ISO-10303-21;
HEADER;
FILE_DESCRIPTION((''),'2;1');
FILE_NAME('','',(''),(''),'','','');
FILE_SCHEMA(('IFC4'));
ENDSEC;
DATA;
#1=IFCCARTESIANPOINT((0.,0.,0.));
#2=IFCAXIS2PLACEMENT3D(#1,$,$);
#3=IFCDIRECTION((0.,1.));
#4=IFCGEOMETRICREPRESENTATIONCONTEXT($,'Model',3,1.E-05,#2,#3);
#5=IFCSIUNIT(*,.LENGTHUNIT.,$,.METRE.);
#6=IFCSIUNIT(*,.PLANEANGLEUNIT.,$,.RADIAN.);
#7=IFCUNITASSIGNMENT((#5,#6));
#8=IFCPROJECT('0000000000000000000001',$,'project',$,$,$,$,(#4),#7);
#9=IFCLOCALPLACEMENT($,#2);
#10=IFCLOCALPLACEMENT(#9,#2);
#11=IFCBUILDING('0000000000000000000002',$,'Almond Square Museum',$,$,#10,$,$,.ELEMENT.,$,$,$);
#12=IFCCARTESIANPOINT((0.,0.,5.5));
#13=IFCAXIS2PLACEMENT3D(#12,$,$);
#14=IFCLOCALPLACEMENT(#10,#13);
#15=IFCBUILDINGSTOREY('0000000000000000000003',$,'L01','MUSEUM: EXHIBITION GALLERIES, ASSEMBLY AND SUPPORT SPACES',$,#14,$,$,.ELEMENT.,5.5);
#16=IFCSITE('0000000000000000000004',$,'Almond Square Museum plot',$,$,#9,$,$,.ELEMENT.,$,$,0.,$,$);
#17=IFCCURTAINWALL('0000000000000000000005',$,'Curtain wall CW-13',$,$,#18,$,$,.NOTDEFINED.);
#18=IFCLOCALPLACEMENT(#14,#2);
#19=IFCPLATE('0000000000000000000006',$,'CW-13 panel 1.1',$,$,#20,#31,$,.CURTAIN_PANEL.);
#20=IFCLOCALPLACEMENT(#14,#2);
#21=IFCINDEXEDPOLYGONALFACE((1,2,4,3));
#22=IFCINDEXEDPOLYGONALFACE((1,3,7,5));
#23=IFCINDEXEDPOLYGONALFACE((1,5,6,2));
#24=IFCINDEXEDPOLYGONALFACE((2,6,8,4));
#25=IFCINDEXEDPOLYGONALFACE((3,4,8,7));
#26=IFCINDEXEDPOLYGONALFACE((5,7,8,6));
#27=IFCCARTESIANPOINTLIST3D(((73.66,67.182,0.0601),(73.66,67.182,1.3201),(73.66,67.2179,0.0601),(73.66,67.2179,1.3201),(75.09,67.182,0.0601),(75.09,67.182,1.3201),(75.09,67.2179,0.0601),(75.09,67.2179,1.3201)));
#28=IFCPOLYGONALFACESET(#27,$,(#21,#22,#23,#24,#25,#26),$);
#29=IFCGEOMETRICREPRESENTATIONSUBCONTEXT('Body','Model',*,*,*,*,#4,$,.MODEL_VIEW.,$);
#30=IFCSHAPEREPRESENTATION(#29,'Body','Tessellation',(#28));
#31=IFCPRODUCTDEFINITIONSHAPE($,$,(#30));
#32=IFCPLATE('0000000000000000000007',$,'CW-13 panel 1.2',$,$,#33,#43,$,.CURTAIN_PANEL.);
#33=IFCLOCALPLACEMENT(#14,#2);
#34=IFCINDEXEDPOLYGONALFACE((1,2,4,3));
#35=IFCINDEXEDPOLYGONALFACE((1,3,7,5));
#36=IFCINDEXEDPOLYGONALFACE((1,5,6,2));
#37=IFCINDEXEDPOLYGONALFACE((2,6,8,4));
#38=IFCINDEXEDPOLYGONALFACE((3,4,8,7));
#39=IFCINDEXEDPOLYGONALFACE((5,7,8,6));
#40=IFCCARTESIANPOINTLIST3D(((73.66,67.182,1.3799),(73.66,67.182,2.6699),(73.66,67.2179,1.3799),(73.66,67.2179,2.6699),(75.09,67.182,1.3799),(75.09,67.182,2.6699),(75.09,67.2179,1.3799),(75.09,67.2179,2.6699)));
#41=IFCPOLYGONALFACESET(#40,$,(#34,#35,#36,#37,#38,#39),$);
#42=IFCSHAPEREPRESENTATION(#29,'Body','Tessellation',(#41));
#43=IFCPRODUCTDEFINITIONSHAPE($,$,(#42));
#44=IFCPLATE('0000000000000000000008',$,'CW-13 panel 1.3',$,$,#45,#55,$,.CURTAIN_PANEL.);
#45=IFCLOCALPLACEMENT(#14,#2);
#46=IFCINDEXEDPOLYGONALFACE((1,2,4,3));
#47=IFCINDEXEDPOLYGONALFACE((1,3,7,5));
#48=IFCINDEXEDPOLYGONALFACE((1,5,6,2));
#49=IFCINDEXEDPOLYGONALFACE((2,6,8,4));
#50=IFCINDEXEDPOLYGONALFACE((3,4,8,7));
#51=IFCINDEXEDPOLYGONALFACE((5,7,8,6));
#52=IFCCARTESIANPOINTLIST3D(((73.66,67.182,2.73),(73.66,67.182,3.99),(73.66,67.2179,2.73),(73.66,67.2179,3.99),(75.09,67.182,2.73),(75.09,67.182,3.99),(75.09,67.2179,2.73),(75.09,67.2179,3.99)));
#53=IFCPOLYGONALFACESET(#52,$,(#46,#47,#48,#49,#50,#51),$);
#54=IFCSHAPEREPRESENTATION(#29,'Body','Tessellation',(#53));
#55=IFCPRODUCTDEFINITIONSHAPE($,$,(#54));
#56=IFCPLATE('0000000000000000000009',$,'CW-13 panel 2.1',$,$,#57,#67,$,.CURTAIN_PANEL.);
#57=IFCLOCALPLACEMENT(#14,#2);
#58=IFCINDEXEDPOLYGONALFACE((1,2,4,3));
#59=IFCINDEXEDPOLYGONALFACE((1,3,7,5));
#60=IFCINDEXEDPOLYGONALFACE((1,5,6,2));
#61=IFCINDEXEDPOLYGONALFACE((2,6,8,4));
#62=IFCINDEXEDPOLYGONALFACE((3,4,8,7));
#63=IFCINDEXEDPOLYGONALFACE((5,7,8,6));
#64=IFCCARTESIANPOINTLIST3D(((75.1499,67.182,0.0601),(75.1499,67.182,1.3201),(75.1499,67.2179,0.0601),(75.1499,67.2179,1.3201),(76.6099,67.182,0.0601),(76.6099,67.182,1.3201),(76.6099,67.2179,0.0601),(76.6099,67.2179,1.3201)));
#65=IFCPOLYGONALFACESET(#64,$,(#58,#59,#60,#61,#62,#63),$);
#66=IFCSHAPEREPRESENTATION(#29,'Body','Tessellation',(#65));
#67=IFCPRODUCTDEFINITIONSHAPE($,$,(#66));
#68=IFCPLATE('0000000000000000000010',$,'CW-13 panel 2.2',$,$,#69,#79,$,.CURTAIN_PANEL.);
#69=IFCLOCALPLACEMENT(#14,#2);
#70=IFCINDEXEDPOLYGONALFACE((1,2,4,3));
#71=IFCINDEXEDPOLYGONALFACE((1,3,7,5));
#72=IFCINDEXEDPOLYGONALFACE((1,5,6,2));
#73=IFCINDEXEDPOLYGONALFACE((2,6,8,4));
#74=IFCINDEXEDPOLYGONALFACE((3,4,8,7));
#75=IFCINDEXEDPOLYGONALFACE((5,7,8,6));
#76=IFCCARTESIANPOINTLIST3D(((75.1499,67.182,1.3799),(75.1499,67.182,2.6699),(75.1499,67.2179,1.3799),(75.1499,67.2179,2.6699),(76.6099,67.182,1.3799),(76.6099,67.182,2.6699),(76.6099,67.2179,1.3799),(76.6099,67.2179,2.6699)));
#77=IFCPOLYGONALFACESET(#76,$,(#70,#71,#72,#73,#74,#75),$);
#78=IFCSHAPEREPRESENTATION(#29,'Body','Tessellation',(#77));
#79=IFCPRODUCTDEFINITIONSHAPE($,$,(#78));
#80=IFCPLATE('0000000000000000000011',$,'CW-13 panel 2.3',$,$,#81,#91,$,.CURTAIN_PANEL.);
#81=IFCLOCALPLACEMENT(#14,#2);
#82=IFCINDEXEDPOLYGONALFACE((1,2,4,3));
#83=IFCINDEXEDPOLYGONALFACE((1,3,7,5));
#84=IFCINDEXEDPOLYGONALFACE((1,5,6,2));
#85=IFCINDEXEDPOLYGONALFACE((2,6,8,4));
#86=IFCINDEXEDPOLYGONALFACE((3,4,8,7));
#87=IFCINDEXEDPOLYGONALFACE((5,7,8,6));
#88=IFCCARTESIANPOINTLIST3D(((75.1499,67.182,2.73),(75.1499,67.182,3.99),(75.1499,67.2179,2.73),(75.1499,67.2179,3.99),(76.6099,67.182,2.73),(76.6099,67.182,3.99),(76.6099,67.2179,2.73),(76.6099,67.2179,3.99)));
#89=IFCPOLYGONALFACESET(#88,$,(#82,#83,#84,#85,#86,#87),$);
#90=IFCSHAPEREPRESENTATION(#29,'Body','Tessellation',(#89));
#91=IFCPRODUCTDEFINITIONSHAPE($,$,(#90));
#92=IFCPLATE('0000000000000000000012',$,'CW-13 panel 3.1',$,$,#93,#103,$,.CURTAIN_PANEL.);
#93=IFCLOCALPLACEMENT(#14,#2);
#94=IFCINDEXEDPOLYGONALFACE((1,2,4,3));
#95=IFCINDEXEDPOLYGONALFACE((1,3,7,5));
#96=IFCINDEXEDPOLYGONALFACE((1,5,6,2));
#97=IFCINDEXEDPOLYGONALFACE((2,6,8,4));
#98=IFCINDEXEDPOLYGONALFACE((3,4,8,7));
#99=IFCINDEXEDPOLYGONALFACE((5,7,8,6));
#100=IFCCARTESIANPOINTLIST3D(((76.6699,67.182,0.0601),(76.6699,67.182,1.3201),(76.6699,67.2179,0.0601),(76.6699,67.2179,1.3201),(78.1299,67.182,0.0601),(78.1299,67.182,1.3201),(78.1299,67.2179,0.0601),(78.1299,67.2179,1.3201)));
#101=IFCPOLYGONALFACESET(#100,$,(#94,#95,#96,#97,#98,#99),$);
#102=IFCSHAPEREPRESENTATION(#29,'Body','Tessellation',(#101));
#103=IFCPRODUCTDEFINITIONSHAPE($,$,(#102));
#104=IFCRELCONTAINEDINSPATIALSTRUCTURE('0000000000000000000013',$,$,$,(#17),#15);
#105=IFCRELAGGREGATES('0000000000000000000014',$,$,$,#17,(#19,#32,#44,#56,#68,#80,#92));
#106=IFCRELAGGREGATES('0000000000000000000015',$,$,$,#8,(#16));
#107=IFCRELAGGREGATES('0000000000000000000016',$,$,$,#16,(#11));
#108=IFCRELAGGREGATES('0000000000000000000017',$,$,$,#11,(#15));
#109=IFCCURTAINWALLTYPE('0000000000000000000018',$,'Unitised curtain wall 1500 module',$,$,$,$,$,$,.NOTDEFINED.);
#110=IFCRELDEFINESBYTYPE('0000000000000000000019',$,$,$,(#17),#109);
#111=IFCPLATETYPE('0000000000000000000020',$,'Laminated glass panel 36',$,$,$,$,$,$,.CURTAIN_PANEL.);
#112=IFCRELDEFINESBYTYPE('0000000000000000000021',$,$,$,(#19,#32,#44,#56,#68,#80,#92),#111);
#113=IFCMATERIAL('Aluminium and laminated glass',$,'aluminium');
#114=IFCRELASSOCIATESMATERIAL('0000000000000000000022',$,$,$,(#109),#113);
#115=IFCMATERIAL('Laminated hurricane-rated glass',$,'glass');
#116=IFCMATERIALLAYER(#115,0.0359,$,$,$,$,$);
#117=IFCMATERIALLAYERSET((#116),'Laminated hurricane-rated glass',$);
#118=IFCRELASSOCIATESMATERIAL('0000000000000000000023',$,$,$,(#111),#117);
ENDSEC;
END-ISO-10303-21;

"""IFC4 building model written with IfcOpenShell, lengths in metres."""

from ifc_helpers import new_model, si_unit, direction, frame, origin, origin_2d, place, context, subcontext, project, spatial, rectangle, extrude, material, layer, layer_set, type_object, element, aggregate, save


model = new_model("IFC4")

# Units and contexts
model_context = context("Model", 3, precision=1e-05, world=origin(), true_north=direction((0.0, 1.0)))
body_context = subcontext(model_context, "Body", "Model", "MODEL_VIEW")
ifc_project = project(units=[si_unit("LENGTHUNIT", "METRE"), si_unit("PLANEANGLEUNIT", "RADIAN")], contexts=[model_context])

# Site, building, storey
site_placement = place(None, origin())
site = spatial("IfcSite", under=ifc_project, at=site_placement, Name="Almond Square Museum plot", CompositionType="ELEMENT", RefElevation=0.0)
building_placement = place(site_placement, origin())
building = spatial("IfcBuilding", under=site, at=building_placement, Name="Almond Square Museum", CompositionType="ELEMENT")
storey_placement = place(building_placement, frame((0.0, 0.0, 5.5)))
storey = spatial("IfcBuildingStorey", under=building, at=storey_placement, Name="L01", Description="MUSEUM: EXHIBITION GALLERIES, ASSEMBLY AND SUPPORT SPACES", CompositionType="ELEMENT", Elevation=5.5)

# Curtain wall, plates
ifc_material_1 = material(Name="Aluminium and laminated glass", Category="aluminium")
curtain_wall_type = type_object("IfcCurtainWallType", Name="Unitised curtain wall 1500 module", PredefinedType="NOTDEFINED", material=ifc_material_1)
curtain_wall_placement = place(storey_placement, origin())
curtain_wall = element("IfcCurtainWall", 1, at=curtain_wall_placement, inside=storey, type_object=curtain_wall_type, Name="Curtain wall CW-13", PredefinedType="NOTDEFINED")
ifc_material_2 = material(Name="Laminated hurricane-rated glass", Category="glass")
ifc_layer = layer(ifc_material_2, 0.0359)
ifc_layer_set = layer_set([ifc_layer], Name="Laminated hurricane-rated glass")
plate_type = type_object("IfcPlateType", Name="Laminated glass panel 36", PredefinedType="CURTAIN_PANEL", material=ifc_layer_set)
plate_1_placement = place(storey_placement, frame((74.375, 67.2, 0.0601), z_axis=(0.0, 0.0, 1.0), x_axis=(1.0, 0.0, 0.0)))
plate_1 = element("IfcPlate", 2, at=plate_1_placement, type_object=plate_type, Name="CW-13 panel 1.1", PredefinedType="CURTAIN_PANEL", context=body_context, shape_type="SweptSolid", body=[
    extrude(rectangle(XDim=1.4299, YDim=0.0359, at=origin_2d()), origin(), (0.0, 0.0, 1.0), 1.26),
])
plate_2_placement = place(storey_placement, frame((74.375, 67.2, 1.3799), z_axis=(0.0, 0.0, 1.0), x_axis=(1.0, 0.0, 0.0)))
plate_2 = element("IfcPlate", 3, at=plate_2_placement, type_object=plate_type, Name="CW-13 panel 1.2", PredefinedType="CURTAIN_PANEL", context=body_context, shape_type="SweptSolid", body=[
    extrude(rectangle(XDim=1.4299, YDim=0.0359, at=origin_2d()), origin(), (0.0, 0.0, 1.0), 1.29),
])
plate_3_placement = place(storey_placement, frame((74.375, 67.2, 2.73), z_axis=(0.0, 0.0, 1.0), x_axis=(1.0, 0.0, 0.0)))
plate_3 = element("IfcPlate", 4, at=plate_3_placement, type_object=plate_type, Name="CW-13 panel 1.3", PredefinedType="CURTAIN_PANEL", context=body_context, shape_type="SweptSolid", body=[
    extrude(rectangle(XDim=1.4299, YDim=0.0359, at=origin_2d()), origin(), (0.0, 0.0, 1.0), 1.26),
])
plate_4_placement = place(storey_placement, frame((75.8799, 67.2, 0.0601), z_axis=(0.0, 0.0, 1.0), x_axis=(1.0, 0.0, 0.0)))
plate_4 = element("IfcPlate", 5, at=plate_4_placement, type_object=plate_type, Name="CW-13 panel 2.1", PredefinedType="CURTAIN_PANEL", context=body_context, shape_type="SweptSolid", body=[
    extrude(rectangle(XDim=1.46, YDim=0.0359, at=origin_2d()), origin(), (0.0, 0.0, 1.0), 1.26),
])
plate_5_placement = place(storey_placement, frame((75.8799, 67.2, 1.3799), z_axis=(0.0, 0.0, 1.0), x_axis=(1.0, 0.0, 0.0)))
plate_5 = element("IfcPlate", 6, at=plate_5_placement, type_object=plate_type, Name="CW-13 panel 2.2", PredefinedType="CURTAIN_PANEL", context=body_context, shape_type="SweptSolid", body=[
    extrude(rectangle(XDim=1.46, YDim=0.0359, at=origin_2d()), origin(), (0.0, 0.0, 1.0), 1.29),
])
plate_6_placement = place(storey_placement, frame((75.8799, 67.2, 2.73), z_axis=(0.0, 0.0, 1.0), x_axis=(1.0, 0.0, 0.0)))
plate_6 = element("IfcPlate", 7, at=plate_6_placement, type_object=plate_type, Name="CW-13 panel 2.3", PredefinedType="CURTAIN_PANEL", context=body_context, shape_type="SweptSolid", body=[
    extrude(rectangle(XDim=1.46, YDim=0.0359, at=origin_2d()), origin(), (0.0, 0.0, 1.0), 1.26),
])
plate_7_placement = place(storey_placement, frame((77.3999, 67.2, 0.0601), z_axis=(0.0, 0.0, 1.0), x_axis=(1.0, 0.0, 0.0)))
plate_7 = element("IfcPlate", 8, at=plate_7_placement, type_object=plate_type, Name="CW-13 panel 3.1", PredefinedType="CURTAIN_PANEL", context=body_context, shape_type="SweptSolid", body=[
    extrude(rectangle(XDim=1.46, YDim=0.0359, at=origin_2d()), origin(), (0.0, 0.0, 1.0), 1.26),
])
aggregate(curtain_wall, [plate_1, plate_2, plate_3, plate_4, plate_5, plate_6, plate_7])

save(model, "model.ifc")
